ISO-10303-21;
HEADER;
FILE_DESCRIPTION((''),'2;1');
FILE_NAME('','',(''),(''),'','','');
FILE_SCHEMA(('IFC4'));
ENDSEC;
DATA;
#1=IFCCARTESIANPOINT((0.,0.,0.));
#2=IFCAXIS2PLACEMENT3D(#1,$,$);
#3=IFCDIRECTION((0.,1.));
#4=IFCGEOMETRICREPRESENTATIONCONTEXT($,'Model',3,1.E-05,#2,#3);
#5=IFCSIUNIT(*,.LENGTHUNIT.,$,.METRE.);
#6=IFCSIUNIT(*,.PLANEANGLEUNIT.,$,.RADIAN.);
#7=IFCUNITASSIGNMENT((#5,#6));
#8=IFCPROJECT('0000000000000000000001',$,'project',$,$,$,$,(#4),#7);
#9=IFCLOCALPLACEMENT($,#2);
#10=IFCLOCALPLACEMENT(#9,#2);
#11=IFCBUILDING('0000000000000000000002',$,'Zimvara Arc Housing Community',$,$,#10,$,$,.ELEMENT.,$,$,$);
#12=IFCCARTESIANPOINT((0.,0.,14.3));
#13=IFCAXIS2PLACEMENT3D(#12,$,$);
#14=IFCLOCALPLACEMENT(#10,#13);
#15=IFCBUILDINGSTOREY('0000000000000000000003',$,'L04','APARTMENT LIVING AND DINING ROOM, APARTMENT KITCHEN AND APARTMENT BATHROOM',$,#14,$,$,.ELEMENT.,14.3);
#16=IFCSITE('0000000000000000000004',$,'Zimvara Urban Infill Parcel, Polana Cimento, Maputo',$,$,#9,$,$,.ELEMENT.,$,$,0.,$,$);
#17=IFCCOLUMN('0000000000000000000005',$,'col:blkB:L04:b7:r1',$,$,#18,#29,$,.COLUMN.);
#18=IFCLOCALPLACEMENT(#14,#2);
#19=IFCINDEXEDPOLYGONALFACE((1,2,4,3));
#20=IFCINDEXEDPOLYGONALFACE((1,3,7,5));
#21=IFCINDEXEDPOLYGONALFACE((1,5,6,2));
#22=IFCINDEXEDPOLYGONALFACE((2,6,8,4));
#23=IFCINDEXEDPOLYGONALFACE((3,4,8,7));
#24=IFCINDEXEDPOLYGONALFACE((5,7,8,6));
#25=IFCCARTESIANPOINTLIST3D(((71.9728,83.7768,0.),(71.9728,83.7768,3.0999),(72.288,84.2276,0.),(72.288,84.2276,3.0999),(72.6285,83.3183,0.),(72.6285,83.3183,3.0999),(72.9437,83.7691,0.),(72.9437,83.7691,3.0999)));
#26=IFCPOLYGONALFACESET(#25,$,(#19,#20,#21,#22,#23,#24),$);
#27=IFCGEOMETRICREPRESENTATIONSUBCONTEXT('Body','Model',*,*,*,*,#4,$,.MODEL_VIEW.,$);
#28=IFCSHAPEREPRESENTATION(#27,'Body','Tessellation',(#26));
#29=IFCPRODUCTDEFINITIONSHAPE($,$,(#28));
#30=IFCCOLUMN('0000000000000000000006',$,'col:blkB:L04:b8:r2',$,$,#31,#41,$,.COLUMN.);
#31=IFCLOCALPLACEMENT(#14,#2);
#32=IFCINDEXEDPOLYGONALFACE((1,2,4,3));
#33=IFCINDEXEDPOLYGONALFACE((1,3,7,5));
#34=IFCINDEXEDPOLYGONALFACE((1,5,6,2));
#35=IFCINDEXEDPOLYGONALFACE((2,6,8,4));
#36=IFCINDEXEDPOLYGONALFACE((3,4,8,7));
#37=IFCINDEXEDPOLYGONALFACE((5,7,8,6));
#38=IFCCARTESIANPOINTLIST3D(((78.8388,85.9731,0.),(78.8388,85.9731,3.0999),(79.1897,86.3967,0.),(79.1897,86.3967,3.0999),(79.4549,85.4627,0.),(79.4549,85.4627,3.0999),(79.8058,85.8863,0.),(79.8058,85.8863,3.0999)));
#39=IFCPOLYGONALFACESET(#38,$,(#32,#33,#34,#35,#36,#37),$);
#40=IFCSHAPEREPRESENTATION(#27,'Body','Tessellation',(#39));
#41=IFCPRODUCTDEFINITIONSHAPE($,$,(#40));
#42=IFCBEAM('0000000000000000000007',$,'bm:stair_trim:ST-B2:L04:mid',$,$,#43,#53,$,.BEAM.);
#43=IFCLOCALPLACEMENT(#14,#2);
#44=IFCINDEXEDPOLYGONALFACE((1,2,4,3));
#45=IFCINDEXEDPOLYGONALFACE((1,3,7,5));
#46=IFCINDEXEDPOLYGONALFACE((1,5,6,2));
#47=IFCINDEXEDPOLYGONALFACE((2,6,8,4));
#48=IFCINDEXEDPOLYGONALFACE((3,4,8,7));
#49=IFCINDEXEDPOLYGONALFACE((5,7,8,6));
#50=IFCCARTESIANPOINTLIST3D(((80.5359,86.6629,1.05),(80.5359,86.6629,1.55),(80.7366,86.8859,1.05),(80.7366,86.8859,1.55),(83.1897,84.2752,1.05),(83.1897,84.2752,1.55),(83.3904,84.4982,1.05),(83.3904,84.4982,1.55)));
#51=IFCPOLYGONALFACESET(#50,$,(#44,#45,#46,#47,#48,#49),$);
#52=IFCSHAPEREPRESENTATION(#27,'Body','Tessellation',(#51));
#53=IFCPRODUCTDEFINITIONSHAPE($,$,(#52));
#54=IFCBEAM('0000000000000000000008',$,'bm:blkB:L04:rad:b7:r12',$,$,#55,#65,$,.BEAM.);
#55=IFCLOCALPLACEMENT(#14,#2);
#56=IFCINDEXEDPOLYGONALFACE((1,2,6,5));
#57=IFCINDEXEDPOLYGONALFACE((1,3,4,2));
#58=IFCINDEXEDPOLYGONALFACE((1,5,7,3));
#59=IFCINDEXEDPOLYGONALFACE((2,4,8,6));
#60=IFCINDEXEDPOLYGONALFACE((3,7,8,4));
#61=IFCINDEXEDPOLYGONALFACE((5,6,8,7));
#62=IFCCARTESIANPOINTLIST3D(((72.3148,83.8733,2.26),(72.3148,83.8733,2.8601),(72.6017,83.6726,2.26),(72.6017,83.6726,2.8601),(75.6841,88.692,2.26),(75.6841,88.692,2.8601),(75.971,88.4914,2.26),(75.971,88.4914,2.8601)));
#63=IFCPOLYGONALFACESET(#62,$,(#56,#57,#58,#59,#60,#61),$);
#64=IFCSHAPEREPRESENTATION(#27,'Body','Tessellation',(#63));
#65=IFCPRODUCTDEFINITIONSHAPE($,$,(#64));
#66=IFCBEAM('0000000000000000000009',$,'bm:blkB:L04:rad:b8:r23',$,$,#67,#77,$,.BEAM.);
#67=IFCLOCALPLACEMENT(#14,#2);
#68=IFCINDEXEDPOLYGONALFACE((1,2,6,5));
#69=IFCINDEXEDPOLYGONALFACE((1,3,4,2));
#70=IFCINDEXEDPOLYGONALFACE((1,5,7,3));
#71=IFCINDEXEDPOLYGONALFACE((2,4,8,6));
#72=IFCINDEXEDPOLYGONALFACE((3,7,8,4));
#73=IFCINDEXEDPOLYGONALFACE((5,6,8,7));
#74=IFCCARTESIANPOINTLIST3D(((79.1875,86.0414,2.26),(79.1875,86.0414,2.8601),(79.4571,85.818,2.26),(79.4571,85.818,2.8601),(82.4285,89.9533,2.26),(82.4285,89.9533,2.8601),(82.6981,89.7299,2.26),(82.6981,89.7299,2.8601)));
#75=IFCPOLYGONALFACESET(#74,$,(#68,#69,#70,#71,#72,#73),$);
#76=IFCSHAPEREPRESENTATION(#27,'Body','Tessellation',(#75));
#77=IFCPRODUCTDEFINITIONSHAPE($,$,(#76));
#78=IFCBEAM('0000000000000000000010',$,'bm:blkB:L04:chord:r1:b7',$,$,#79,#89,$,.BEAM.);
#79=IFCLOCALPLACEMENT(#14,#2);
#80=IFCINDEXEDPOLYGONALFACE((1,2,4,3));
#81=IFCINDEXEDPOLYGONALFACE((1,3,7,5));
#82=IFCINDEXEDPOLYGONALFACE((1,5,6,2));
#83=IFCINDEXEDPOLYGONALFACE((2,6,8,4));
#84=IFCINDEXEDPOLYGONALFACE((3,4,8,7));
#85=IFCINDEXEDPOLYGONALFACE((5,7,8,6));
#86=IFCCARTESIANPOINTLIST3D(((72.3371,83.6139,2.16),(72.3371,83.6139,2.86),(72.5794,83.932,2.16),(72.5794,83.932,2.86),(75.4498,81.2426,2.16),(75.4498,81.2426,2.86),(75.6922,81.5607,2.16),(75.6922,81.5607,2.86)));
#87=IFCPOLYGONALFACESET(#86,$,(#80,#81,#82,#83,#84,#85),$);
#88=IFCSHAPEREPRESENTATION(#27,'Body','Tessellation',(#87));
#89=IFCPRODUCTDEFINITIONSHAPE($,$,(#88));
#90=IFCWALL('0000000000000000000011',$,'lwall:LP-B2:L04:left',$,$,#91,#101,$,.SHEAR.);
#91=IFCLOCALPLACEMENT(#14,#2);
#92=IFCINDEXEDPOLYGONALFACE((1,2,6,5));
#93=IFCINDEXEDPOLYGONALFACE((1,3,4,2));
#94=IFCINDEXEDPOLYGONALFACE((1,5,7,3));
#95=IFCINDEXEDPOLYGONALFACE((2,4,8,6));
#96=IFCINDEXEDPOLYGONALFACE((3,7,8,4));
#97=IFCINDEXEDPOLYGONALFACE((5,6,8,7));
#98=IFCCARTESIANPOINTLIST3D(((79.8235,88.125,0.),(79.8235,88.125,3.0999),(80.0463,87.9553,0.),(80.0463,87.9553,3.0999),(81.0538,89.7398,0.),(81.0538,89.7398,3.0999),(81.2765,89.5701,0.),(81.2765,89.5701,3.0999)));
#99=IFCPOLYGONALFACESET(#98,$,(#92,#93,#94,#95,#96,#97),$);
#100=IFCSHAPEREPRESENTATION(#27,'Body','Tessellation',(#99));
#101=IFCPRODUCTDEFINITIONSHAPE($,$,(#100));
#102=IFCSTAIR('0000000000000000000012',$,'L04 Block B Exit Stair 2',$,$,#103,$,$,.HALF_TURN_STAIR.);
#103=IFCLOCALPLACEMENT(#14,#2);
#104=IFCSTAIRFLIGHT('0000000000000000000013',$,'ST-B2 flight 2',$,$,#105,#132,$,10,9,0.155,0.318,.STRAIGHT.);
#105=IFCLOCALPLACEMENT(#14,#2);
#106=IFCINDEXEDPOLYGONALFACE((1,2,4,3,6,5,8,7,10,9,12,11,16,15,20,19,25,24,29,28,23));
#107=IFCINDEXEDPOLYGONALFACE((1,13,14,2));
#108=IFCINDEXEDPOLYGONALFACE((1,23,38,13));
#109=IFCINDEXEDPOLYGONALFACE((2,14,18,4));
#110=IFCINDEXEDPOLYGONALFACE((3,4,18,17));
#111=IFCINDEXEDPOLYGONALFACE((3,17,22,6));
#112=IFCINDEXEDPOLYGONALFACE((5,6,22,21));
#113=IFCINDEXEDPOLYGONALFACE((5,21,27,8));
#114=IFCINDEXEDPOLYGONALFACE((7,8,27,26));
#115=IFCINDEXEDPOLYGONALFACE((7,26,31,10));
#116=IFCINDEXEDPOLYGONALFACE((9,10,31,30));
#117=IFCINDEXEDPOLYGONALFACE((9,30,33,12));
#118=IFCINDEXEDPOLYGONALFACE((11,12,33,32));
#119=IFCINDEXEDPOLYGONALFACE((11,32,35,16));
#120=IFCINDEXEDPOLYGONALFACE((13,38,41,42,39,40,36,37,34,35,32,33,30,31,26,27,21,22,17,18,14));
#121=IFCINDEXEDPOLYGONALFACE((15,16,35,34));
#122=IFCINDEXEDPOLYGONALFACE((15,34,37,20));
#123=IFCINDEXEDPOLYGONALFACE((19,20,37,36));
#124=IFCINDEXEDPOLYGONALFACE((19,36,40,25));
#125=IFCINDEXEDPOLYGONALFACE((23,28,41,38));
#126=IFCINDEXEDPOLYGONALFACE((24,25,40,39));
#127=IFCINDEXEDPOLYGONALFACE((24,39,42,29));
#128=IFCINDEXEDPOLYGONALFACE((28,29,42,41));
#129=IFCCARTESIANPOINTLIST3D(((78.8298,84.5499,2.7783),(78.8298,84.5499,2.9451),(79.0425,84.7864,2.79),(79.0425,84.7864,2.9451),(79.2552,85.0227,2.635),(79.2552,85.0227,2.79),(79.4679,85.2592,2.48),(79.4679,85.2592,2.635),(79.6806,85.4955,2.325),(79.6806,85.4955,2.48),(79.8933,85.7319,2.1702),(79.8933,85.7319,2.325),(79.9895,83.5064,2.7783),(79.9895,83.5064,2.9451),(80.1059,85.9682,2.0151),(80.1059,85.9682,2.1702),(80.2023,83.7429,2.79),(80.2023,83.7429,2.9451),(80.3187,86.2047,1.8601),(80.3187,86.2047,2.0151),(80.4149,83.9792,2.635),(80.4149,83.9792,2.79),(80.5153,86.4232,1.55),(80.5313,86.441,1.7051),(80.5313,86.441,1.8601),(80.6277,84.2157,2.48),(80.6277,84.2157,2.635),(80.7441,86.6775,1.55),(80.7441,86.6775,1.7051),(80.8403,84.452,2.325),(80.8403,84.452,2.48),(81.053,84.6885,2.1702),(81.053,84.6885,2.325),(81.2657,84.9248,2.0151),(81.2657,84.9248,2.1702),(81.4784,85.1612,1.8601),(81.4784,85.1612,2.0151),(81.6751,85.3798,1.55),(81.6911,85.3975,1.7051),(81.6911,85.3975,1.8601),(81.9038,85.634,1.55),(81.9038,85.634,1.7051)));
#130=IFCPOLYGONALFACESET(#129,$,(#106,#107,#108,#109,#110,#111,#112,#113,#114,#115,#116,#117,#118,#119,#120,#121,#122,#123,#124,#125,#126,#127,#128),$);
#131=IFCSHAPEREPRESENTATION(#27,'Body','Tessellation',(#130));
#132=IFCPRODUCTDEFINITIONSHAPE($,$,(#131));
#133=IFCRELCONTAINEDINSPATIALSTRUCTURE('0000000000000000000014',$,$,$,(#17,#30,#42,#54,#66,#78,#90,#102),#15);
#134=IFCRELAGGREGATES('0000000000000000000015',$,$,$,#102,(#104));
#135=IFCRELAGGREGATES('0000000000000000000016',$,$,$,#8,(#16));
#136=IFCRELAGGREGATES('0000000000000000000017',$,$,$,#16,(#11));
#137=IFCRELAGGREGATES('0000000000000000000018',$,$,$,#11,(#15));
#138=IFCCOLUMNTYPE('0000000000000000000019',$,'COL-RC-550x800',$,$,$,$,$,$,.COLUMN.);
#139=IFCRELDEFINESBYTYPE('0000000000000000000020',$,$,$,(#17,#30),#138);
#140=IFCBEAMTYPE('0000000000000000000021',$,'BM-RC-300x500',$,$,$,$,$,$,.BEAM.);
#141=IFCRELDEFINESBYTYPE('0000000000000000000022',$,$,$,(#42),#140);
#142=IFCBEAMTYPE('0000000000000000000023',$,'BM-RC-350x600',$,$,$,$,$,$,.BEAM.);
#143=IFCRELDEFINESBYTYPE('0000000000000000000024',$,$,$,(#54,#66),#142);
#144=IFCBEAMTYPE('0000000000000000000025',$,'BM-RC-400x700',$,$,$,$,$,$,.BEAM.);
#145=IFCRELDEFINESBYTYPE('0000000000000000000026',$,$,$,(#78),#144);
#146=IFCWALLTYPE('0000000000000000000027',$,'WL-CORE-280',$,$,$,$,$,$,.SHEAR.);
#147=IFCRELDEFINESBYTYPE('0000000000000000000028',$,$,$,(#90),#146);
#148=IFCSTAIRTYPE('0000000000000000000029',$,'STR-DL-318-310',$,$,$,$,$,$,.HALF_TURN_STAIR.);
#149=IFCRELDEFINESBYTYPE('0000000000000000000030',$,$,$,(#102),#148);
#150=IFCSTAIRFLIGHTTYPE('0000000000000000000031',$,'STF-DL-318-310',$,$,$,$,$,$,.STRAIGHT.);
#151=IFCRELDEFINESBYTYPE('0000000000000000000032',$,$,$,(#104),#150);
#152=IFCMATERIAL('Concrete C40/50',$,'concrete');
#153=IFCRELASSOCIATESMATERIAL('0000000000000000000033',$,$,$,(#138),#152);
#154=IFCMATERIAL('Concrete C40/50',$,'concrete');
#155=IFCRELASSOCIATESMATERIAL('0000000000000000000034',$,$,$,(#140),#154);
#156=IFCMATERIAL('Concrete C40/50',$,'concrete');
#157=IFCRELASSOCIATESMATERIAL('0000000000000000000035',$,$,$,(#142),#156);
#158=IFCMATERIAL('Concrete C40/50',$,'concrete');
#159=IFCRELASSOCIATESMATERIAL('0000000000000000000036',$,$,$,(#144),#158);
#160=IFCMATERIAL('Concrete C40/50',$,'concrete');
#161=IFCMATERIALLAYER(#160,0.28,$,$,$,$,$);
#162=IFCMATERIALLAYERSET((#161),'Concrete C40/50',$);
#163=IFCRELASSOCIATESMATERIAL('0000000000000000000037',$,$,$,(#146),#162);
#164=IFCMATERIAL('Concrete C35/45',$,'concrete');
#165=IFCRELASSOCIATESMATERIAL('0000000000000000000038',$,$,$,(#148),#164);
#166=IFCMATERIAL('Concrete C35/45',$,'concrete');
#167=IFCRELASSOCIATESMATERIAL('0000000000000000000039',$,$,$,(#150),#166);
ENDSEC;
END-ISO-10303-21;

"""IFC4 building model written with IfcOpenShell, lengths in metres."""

from ifc_helpers import new_model, si_unit, direction, frame, frame_2d, origin, origin_2d, place, context, subcontext, project, spatial, polyline, rectangle, outline, extrude, material, layer, layer_set, material_profile, profile_set, type_object, element, aggregate, save


model = new_model("IFC4")

# Units and contexts
model_context = context("Model", 3, precision=1e-05, world=origin(), true_north=direction((0.0, 1.0)))
body_context = subcontext(model_context, "Body", "Model", "MODEL_VIEW")
ifc_project = project(units=[si_unit("LENGTHUNIT", "METRE"), si_unit("PLANEANGLEUNIT", "RADIAN")], contexts=[model_context])

# Site, building, storey
site_placement = place(None, origin())
site = spatial("IfcSite", under=ifc_project, at=site_placement, Name="Zimvara Urban Infill Parcel, Polana Cimento, Maputo", CompositionType="ELEMENT", RefElevation=0.0)
building_placement = place(site_placement, origin())
building = spatial("IfcBuilding", under=site, at=building_placement, Name="Zimvara Arc Housing Community", CompositionType="ELEMENT")
storey_placement = place(building_placement, frame((0.0, 0.0, 14.3)))
storey = spatial("IfcBuildingStorey", under=building, at=storey_placement, Name="L04", Description="APARTMENT LIVING AND DINING ROOM, APARTMENT KITCHEN AND APARTMENT BATHROOM", CompositionType="ELEMENT", Elevation=14.3)

# Columns
ifc_material_1 = material(Name="Concrete C40/50", Category="concrete")
ifc_material_profile_1 = material_profile(ifc_material_1, rectangle(XDim=0.55, YDim=0.8, at=origin_2d()), Name="RC 550x800")
ifc_profile_set_1 = profile_set([ifc_material_profile_1], Name="Concrete C40/50")
column_type = type_object("IfcColumnType", Name="COL-RC-550x800", PredefinedType="COLUMN", material=ifc_profile_set_1)
for number, where, z_axis, x_axis, name in (
    (1, (72.4583, 83.7729, 0.0), (0.0, 0.0, 1.0), (0.573004, 0.819552, 0.0), "col:blkB:L04:b7:r1"),
    (2, (79.3223, 85.9297, 0.0), (0.0, 0.0, 1.0), (0.637962, 0.770068, 0.0), "col:blkB:L04:b8:r2"),
):
    element("IfcColumn", number, at=place(storey_placement, frame(where, z_axis=z_axis, x_axis=x_axis)), inside=storey, type_object=column_type, Name=name, PredefinedType="COLUMN", context=body_context, shape_type="SweptSolid", body=[
        extrude(rectangle(XDim=0.55, YDim=0.8, at=origin_2d()), origin(), (0.0, 0.0, 1.0), 3.0999),
    ])

# Beams
ifc_material_2 = material(Name="Concrete C40/50", Category="concrete")
ifc_material_profile_2 = material_profile(ifc_material_2, rectangle(XDim=0.3, YDim=0.5, at=origin_2d()), Name="RC 300x500")
ifc_profile_set_2 = profile_set([ifc_material_profile_2], Name="Concrete C40/50")
beam_type_1 = type_object("IfcBeamType", Name="BM-RC-300x500", PredefinedType="BEAM", material=ifc_profile_set_2)
beam_1_placement = place(storey_placement, frame((83.29, 84.3867, 1.3), z_axis=(-0.743396, 0.668851, 0.0), x_axis=(-0.668851, -0.743396, 0.0)))
element("IfcBeam", 3, at=beam_1_placement, inside=storey, type_object=beam_type_1, Name="bm:stair_trim:ST-B2:L04:mid", PredefinedType="BEAM", context=body_context, shape_type="SweptSolid", body=[
    extrude(rectangle(XDim=0.3, YDim=0.5, at=origin_2d()), origin(), (0.0, 0.0, 1.0), 3.5698),
])
ifc_material_3 = material(Name="Concrete C40/50", Category="concrete")
ifc_material_profile_3 = material_profile(ifc_material_3, rectangle(XDim=0.3501, YDim=0.6001, at=origin_2d()), Name="RC 350x600")
ifc_profile_set_3 = profile_set([ifc_material_profile_3], Name="Concrete C40/50")
beam_type_2 = type_object("IfcBeamType", Name="BM-RC-350x600", PredefinedType="BEAM", material=ifc_profile_set_3)
beam_2_placement = place(storey_placement, frame((72.4583, 83.7729, 2.5601), z_axis=(0.573028, 0.819536, 0.0), x_axis=(-0.819536, 0.573028, 0.0)))
element("IfcBeam", 4, at=beam_2_placement, inside=storey, type_object=beam_type_2, Name="bm:blkB:L04:rad:b7:r12", PredefinedType="BEAM", context=body_context, shape_type="SweptSolid", body=[
    extrude(rectangle(XDim=0.3501, YDim=0.6001, at=origin_2d()), origin(), (0.0, 0.0, 1.0), 5.8799),
])
beam_3_placement = place(storey_placement, frame((79.3223, 85.9297, 2.5601), z_axis=(0.637984, 0.77005, 0.0), x_axis=(-0.77005, 0.637984, 0.0)))
element("IfcBeam", 5, at=beam_3_placement, inside=storey, type_object=beam_type_2, Name="bm:blkB:L04:rad:b8:r23", PredefinedType="BEAM", context=body_context, shape_type="SweptSolid", body=[
    extrude(rectangle(XDim=0.3501, YDim=0.6001, at=origin_2d()), origin(), (0.0, 0.0, 1.0), 5.0801),
])
ifc_material_4 = material(Name="Concrete C40/50", Category="concrete")
ifc_material_profile_4 = material_profile(ifc_material_4, rectangle(XDim=0.3999, YDim=0.7, at=origin_2d()), Name="RC 400x700")
ifc_profile_set_4 = profile_set([ifc_material_profile_4], Name="Concrete C40/50")
beam_type_3 = type_object("IfcBeamType", Name="BM-RC-400x700", PredefinedType="BEAM", material=ifc_profile_set_4)
beam_4_placement = place(storey_placement, frame((72.4583, 83.7729, 2.51), z_axis=(0.79547, -0.605992, 0.0), x_axis=(0.605992, 0.79547, 0.0)))
element("IfcBeam", 6, at=beam_4_placement, inside=storey, type_object=beam_type_3, Name="bm:blkB:L04:chord:r1:b7", PredefinedType="BEAM", context=body_context, shape_type="SweptSolid", body=[
    extrude(rectangle(XDim=0.3999, YDim=0.7, at=origin_2d()), origin(), (0.0, 0.0, 1.0), 3.9131),
])

# Shared definitions
ifc_material_5 = material(Name="Concrete C40/50", Category="concrete")
ifc_layer_1 = layer(ifc_material_5, 0.28)
ifc_layer_set_1 = layer_set([ifc_layer_1], Name="Concrete C40/50")
wall_type_1 = type_object("IfcWallType", Name="WL-CORE-280", PredefinedType="SHEAR", material=ifc_layer_set_1)

# Wall
wall_1_placement = place(storey_placement, frame((79.9348, 88.04, 0.0), z_axis=(0.0, 0.0, 1.0), x_axis=(0.606025, 0.795446, 0.0)))
element("IfcWall", 7, at=wall_1_placement, inside=storey, type_object=wall_type_1, Name="lwall:LP-B2:L04:left", PredefinedType="SHEAR", context=body_context, shape_type="SweptSolid", body=[
    extrude(rectangle(XDim=2.03, YDim=0.28, at=frame_2d((1.0151, 0.0))), origin(), (0.0, 0.0, 1.0), 3.0999),
])

# Stair, stair flight
ifc_material_6 = material(Name="Concrete C35/45", Category="concrete")
stair_type = type_object("IfcStairType", Name="STR-DL-318-310", PredefinedType="HALF_TURN_STAIR", material=ifc_material_6)
stair_placement = place(storey_placement, origin())
stair = element("IfcStair", 8, at=stair_placement, inside=storey, type_object=stair_type, Name="L04 Block B Exit Stair 2", PredefinedType="HALF_TURN_STAIR")
ifc_material_7 = material(Name="Concrete C35/45", Category="concrete")
stair_flight_type = type_object("IfcStairFlightType", Name="STF-DL-318-310", PredefinedType="STRAIGHT", material=ifc_material_7)
stair_flight_placement = place(storey_placement, frame((81.324, 86.1558, 1.55), z_axis=(0.0, 0.0, 1.0), x_axis=(-0.668871, -0.743378, 0.0)))
stair_flight = element("IfcStairFlight", 9, at=stair_flight_placement, type_object=stair_flight_type, Name="ST-B2 flight 2", NumberOfRisers=10, NumberOfTreads=9, PredefinedType="STRAIGHT", RiserHeight=0.155, TreadLength=0.318, context=body_context, shape_type="SweptSolid", body=[
    extrude(outline(polyline([(0.0, 0.0), (0.0, 0.155), (0.3181, 0.155), (0.3181, 0.3101), (0.636, 0.3101), (0.636, 0.4651), (0.9541, 0.4651), (0.9541, 0.6201), (1.272, 0.6201), (1.272, 0.7749), (1.5901, 0.7749), (1.5901, 0.9299), (1.908, 0.9299), (1.908, 1.085), (2.2261, 1.085), (2.2261, 1.24), (2.5439, 1.24), (2.5439, 1.395), (2.8621, 1.395), (2.8621, 1.55), (2.8621, 1.2283), (0.342, 0.0), (0.0, 0.0)])), frame((0.0, 0.78, 0.0), z_axis=(0.0, -1.0, 0.0), x_axis=(1.0, 0.0, 0.0)), (0.0, 0.0, 1.0), 1.5601),
])
aggregate(stair, [stair_flight])

save(model, "model.ifc")
